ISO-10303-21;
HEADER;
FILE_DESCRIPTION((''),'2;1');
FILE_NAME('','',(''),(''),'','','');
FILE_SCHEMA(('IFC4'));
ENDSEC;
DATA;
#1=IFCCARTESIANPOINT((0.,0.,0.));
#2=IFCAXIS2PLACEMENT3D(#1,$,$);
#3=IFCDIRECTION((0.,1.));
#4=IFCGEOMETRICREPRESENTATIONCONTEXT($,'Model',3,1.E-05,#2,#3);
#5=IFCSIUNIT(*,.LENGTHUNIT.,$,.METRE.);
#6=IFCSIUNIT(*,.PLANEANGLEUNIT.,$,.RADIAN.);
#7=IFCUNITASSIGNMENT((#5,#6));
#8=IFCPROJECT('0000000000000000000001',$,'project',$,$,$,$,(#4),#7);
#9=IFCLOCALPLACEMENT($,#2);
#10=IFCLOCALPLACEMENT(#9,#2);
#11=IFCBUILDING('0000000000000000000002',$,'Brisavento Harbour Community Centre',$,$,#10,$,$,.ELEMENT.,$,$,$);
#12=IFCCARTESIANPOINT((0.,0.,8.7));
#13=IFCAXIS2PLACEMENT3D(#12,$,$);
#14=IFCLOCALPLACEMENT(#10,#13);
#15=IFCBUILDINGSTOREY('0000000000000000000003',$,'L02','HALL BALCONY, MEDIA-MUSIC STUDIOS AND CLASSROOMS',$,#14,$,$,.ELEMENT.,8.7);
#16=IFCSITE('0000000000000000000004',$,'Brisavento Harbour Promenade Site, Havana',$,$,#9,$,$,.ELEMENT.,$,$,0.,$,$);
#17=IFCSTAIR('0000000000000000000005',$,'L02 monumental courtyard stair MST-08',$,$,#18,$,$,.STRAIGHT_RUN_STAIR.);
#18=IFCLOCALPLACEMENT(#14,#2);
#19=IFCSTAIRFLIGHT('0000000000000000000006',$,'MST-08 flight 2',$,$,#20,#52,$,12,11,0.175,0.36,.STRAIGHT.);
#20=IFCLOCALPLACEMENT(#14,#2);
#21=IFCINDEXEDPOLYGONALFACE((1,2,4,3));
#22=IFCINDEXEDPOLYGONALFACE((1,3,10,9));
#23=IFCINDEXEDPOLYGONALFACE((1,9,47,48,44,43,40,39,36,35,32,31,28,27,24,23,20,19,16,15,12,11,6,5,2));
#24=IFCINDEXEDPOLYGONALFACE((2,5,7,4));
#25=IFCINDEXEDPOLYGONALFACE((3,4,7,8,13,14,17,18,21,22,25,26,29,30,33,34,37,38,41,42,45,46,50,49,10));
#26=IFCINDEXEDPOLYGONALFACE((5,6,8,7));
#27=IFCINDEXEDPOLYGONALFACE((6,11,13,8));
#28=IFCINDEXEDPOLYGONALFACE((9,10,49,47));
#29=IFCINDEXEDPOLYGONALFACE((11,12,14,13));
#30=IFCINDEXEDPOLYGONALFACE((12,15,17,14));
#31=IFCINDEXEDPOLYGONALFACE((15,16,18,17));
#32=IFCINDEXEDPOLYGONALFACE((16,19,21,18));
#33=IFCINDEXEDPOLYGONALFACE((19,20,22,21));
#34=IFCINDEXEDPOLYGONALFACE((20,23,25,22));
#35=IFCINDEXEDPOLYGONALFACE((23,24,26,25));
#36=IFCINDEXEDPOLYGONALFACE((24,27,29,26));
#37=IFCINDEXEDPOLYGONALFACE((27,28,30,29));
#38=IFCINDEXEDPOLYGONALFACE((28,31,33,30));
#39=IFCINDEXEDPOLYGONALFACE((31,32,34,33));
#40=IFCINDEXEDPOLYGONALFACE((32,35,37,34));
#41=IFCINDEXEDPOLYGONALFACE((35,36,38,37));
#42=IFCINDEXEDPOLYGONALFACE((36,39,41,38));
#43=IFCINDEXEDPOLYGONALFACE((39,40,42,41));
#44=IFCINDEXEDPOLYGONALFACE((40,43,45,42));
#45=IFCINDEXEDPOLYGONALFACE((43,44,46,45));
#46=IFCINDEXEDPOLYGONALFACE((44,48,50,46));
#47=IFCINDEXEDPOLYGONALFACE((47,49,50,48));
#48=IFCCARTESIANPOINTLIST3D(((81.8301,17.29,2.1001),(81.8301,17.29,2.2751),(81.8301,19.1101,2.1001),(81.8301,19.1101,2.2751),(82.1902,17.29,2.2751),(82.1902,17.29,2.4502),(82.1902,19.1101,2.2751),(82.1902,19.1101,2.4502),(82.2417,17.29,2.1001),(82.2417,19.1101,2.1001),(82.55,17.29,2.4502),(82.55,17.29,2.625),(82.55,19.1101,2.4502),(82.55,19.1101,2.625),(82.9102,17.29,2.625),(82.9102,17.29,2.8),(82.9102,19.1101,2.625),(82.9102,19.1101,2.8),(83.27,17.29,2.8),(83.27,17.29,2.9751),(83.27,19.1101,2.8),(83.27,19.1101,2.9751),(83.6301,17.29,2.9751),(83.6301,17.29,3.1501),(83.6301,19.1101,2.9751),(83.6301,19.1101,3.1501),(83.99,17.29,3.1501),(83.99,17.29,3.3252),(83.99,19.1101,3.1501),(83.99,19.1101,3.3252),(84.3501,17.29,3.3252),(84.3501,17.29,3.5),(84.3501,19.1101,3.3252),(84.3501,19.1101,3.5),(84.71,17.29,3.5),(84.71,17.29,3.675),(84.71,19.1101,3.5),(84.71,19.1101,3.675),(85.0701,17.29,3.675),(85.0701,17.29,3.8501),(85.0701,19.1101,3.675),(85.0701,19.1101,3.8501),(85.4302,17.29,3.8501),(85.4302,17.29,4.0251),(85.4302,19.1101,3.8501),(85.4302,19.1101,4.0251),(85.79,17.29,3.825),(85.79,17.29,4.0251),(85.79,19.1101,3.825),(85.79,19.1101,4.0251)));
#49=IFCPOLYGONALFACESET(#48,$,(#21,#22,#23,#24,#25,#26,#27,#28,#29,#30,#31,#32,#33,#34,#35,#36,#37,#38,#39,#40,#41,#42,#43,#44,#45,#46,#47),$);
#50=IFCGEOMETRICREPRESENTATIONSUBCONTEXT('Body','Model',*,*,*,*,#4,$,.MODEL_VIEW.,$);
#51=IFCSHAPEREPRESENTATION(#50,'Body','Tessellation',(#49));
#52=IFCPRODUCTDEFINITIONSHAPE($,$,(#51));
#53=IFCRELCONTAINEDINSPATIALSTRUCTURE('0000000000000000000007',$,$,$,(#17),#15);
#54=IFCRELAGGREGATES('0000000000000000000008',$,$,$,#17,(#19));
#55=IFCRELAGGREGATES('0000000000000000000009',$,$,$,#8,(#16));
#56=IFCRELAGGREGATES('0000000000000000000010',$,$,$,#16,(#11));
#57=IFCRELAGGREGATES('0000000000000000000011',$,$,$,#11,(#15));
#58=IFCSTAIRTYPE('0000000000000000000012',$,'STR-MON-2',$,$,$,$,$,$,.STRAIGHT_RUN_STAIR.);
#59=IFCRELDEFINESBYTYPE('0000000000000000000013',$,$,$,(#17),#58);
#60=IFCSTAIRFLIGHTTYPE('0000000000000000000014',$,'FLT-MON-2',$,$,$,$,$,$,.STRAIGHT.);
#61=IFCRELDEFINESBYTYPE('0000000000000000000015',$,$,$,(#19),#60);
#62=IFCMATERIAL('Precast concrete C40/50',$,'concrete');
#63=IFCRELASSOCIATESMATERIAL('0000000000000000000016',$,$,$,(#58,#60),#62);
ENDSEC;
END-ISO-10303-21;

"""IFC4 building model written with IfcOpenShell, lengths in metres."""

from ifc_helpers import new_model, si_unit, direction, frame, origin, place, context, subcontext, project, spatial, polyline, outline, extrude, material, type_object, element, aggregate, save


model = new_model("IFC4")

# Units and contexts
model_context = context("Model", 3, precision=1e-05, world=origin(), true_north=direction((0.0, 1.0)))
body_context = subcontext(model_context, "Body", "Model", "MODEL_VIEW")
ifc_project = project(units=[si_unit("LENGTHUNIT", "METRE"), si_unit("PLANEANGLEUNIT", "RADIAN")], contexts=[model_context])

# Site, building, storey
site_placement = place(None, origin())
site = spatial("IfcSite", under=ifc_project, at=site_placement, Name="Brisavento Harbour Promenade Site, Havana", CompositionType="ELEMENT", RefElevation=0.0)
building_placement = place(site_placement, origin())
building = spatial("IfcBuilding", under=site, at=building_placement, Name="Brisavento Harbour Community Centre", CompositionType="ELEMENT")
storey_placement = place(building_placement, frame((0.0, 0.0, 8.7)))
storey = spatial("IfcBuildingStorey", under=building, at=storey_placement, Name="L02", Description="HALL BALCONY, MEDIA-MUSIC STUDIOS AND CLASSROOMS", CompositionType="ELEMENT", Elevation=8.7)

# Stair, stair flight
ifc_material_1 = material(Name="Precast concrete C40/50", Category="concrete")
stair_type = type_object("IfcStairType", Name="STR-MON-2", PredefinedType="STRAIGHT_RUN_STAIR", material=ifc_material_1)
stair_placement = place(storey_placement, origin())
stair = element("IfcStair", 1, at=stair_placement, inside=storey, type_object=stair_type, Name="L02 monumental courtyard stair MST-08", PredefinedType="STRAIGHT_RUN_STAIR")
stair_flight_type = type_object("IfcStairFlightType", Name="FLT-MON-2", PredefinedType="STRAIGHT", material=ifc_material_1)
stair_flight_placement = place(storey_placement, frame((81.8301, 18.2, 2.1001), z_axis=(0.0, 0.0, 1.0), x_axis=(1.0, 0.0, 0.0)))
stair_flight = element("IfcStairFlight", 2, at=stair_flight_placement, type_object=stair_flight_type, Name="MST-08 flight 2", NumberOfRisers=12, NumberOfTreads=11, PredefinedType="STRAIGHT", RiserHeight=0.175, TreadLength=0.36, context=body_context, shape_type="SweptSolid", body=[
    extrude(outline(polyline([(0.0, 0.0), (0.0, 0.175), (0.3601, 0.175), (0.3601, 0.3501), (0.72, 0.3501), (0.72, 0.5249), (1.0801, 0.5249), (1.0801, 0.7), (1.4399, 0.7), (1.4399, 0.875), (1.8, 0.875), (1.8, 1.05), (2.1599, 1.05), (2.1599, 1.2251), (2.52, 1.2251), (2.52, 1.3999), (2.8799, 1.3999), (2.8799, 1.575), (3.24, 1.575), (3.24, 1.75), (3.6001, 1.75), (3.6001, 1.925), (3.96, 1.925), (3.96, 2.1001), (3.96, 1.7249), (0.4116, 0.0), (0.0, 0.0)])), frame((0.0, 0.9102, 0.0), z_axis=(0.0, -1.0, 0.0), x_axis=(1.0, 0.0, 0.0)), (0.0, 0.0, 1.0), 1.8201),
])
aggregate(stair, [stair_flight])

save(model, "model.ifc")
